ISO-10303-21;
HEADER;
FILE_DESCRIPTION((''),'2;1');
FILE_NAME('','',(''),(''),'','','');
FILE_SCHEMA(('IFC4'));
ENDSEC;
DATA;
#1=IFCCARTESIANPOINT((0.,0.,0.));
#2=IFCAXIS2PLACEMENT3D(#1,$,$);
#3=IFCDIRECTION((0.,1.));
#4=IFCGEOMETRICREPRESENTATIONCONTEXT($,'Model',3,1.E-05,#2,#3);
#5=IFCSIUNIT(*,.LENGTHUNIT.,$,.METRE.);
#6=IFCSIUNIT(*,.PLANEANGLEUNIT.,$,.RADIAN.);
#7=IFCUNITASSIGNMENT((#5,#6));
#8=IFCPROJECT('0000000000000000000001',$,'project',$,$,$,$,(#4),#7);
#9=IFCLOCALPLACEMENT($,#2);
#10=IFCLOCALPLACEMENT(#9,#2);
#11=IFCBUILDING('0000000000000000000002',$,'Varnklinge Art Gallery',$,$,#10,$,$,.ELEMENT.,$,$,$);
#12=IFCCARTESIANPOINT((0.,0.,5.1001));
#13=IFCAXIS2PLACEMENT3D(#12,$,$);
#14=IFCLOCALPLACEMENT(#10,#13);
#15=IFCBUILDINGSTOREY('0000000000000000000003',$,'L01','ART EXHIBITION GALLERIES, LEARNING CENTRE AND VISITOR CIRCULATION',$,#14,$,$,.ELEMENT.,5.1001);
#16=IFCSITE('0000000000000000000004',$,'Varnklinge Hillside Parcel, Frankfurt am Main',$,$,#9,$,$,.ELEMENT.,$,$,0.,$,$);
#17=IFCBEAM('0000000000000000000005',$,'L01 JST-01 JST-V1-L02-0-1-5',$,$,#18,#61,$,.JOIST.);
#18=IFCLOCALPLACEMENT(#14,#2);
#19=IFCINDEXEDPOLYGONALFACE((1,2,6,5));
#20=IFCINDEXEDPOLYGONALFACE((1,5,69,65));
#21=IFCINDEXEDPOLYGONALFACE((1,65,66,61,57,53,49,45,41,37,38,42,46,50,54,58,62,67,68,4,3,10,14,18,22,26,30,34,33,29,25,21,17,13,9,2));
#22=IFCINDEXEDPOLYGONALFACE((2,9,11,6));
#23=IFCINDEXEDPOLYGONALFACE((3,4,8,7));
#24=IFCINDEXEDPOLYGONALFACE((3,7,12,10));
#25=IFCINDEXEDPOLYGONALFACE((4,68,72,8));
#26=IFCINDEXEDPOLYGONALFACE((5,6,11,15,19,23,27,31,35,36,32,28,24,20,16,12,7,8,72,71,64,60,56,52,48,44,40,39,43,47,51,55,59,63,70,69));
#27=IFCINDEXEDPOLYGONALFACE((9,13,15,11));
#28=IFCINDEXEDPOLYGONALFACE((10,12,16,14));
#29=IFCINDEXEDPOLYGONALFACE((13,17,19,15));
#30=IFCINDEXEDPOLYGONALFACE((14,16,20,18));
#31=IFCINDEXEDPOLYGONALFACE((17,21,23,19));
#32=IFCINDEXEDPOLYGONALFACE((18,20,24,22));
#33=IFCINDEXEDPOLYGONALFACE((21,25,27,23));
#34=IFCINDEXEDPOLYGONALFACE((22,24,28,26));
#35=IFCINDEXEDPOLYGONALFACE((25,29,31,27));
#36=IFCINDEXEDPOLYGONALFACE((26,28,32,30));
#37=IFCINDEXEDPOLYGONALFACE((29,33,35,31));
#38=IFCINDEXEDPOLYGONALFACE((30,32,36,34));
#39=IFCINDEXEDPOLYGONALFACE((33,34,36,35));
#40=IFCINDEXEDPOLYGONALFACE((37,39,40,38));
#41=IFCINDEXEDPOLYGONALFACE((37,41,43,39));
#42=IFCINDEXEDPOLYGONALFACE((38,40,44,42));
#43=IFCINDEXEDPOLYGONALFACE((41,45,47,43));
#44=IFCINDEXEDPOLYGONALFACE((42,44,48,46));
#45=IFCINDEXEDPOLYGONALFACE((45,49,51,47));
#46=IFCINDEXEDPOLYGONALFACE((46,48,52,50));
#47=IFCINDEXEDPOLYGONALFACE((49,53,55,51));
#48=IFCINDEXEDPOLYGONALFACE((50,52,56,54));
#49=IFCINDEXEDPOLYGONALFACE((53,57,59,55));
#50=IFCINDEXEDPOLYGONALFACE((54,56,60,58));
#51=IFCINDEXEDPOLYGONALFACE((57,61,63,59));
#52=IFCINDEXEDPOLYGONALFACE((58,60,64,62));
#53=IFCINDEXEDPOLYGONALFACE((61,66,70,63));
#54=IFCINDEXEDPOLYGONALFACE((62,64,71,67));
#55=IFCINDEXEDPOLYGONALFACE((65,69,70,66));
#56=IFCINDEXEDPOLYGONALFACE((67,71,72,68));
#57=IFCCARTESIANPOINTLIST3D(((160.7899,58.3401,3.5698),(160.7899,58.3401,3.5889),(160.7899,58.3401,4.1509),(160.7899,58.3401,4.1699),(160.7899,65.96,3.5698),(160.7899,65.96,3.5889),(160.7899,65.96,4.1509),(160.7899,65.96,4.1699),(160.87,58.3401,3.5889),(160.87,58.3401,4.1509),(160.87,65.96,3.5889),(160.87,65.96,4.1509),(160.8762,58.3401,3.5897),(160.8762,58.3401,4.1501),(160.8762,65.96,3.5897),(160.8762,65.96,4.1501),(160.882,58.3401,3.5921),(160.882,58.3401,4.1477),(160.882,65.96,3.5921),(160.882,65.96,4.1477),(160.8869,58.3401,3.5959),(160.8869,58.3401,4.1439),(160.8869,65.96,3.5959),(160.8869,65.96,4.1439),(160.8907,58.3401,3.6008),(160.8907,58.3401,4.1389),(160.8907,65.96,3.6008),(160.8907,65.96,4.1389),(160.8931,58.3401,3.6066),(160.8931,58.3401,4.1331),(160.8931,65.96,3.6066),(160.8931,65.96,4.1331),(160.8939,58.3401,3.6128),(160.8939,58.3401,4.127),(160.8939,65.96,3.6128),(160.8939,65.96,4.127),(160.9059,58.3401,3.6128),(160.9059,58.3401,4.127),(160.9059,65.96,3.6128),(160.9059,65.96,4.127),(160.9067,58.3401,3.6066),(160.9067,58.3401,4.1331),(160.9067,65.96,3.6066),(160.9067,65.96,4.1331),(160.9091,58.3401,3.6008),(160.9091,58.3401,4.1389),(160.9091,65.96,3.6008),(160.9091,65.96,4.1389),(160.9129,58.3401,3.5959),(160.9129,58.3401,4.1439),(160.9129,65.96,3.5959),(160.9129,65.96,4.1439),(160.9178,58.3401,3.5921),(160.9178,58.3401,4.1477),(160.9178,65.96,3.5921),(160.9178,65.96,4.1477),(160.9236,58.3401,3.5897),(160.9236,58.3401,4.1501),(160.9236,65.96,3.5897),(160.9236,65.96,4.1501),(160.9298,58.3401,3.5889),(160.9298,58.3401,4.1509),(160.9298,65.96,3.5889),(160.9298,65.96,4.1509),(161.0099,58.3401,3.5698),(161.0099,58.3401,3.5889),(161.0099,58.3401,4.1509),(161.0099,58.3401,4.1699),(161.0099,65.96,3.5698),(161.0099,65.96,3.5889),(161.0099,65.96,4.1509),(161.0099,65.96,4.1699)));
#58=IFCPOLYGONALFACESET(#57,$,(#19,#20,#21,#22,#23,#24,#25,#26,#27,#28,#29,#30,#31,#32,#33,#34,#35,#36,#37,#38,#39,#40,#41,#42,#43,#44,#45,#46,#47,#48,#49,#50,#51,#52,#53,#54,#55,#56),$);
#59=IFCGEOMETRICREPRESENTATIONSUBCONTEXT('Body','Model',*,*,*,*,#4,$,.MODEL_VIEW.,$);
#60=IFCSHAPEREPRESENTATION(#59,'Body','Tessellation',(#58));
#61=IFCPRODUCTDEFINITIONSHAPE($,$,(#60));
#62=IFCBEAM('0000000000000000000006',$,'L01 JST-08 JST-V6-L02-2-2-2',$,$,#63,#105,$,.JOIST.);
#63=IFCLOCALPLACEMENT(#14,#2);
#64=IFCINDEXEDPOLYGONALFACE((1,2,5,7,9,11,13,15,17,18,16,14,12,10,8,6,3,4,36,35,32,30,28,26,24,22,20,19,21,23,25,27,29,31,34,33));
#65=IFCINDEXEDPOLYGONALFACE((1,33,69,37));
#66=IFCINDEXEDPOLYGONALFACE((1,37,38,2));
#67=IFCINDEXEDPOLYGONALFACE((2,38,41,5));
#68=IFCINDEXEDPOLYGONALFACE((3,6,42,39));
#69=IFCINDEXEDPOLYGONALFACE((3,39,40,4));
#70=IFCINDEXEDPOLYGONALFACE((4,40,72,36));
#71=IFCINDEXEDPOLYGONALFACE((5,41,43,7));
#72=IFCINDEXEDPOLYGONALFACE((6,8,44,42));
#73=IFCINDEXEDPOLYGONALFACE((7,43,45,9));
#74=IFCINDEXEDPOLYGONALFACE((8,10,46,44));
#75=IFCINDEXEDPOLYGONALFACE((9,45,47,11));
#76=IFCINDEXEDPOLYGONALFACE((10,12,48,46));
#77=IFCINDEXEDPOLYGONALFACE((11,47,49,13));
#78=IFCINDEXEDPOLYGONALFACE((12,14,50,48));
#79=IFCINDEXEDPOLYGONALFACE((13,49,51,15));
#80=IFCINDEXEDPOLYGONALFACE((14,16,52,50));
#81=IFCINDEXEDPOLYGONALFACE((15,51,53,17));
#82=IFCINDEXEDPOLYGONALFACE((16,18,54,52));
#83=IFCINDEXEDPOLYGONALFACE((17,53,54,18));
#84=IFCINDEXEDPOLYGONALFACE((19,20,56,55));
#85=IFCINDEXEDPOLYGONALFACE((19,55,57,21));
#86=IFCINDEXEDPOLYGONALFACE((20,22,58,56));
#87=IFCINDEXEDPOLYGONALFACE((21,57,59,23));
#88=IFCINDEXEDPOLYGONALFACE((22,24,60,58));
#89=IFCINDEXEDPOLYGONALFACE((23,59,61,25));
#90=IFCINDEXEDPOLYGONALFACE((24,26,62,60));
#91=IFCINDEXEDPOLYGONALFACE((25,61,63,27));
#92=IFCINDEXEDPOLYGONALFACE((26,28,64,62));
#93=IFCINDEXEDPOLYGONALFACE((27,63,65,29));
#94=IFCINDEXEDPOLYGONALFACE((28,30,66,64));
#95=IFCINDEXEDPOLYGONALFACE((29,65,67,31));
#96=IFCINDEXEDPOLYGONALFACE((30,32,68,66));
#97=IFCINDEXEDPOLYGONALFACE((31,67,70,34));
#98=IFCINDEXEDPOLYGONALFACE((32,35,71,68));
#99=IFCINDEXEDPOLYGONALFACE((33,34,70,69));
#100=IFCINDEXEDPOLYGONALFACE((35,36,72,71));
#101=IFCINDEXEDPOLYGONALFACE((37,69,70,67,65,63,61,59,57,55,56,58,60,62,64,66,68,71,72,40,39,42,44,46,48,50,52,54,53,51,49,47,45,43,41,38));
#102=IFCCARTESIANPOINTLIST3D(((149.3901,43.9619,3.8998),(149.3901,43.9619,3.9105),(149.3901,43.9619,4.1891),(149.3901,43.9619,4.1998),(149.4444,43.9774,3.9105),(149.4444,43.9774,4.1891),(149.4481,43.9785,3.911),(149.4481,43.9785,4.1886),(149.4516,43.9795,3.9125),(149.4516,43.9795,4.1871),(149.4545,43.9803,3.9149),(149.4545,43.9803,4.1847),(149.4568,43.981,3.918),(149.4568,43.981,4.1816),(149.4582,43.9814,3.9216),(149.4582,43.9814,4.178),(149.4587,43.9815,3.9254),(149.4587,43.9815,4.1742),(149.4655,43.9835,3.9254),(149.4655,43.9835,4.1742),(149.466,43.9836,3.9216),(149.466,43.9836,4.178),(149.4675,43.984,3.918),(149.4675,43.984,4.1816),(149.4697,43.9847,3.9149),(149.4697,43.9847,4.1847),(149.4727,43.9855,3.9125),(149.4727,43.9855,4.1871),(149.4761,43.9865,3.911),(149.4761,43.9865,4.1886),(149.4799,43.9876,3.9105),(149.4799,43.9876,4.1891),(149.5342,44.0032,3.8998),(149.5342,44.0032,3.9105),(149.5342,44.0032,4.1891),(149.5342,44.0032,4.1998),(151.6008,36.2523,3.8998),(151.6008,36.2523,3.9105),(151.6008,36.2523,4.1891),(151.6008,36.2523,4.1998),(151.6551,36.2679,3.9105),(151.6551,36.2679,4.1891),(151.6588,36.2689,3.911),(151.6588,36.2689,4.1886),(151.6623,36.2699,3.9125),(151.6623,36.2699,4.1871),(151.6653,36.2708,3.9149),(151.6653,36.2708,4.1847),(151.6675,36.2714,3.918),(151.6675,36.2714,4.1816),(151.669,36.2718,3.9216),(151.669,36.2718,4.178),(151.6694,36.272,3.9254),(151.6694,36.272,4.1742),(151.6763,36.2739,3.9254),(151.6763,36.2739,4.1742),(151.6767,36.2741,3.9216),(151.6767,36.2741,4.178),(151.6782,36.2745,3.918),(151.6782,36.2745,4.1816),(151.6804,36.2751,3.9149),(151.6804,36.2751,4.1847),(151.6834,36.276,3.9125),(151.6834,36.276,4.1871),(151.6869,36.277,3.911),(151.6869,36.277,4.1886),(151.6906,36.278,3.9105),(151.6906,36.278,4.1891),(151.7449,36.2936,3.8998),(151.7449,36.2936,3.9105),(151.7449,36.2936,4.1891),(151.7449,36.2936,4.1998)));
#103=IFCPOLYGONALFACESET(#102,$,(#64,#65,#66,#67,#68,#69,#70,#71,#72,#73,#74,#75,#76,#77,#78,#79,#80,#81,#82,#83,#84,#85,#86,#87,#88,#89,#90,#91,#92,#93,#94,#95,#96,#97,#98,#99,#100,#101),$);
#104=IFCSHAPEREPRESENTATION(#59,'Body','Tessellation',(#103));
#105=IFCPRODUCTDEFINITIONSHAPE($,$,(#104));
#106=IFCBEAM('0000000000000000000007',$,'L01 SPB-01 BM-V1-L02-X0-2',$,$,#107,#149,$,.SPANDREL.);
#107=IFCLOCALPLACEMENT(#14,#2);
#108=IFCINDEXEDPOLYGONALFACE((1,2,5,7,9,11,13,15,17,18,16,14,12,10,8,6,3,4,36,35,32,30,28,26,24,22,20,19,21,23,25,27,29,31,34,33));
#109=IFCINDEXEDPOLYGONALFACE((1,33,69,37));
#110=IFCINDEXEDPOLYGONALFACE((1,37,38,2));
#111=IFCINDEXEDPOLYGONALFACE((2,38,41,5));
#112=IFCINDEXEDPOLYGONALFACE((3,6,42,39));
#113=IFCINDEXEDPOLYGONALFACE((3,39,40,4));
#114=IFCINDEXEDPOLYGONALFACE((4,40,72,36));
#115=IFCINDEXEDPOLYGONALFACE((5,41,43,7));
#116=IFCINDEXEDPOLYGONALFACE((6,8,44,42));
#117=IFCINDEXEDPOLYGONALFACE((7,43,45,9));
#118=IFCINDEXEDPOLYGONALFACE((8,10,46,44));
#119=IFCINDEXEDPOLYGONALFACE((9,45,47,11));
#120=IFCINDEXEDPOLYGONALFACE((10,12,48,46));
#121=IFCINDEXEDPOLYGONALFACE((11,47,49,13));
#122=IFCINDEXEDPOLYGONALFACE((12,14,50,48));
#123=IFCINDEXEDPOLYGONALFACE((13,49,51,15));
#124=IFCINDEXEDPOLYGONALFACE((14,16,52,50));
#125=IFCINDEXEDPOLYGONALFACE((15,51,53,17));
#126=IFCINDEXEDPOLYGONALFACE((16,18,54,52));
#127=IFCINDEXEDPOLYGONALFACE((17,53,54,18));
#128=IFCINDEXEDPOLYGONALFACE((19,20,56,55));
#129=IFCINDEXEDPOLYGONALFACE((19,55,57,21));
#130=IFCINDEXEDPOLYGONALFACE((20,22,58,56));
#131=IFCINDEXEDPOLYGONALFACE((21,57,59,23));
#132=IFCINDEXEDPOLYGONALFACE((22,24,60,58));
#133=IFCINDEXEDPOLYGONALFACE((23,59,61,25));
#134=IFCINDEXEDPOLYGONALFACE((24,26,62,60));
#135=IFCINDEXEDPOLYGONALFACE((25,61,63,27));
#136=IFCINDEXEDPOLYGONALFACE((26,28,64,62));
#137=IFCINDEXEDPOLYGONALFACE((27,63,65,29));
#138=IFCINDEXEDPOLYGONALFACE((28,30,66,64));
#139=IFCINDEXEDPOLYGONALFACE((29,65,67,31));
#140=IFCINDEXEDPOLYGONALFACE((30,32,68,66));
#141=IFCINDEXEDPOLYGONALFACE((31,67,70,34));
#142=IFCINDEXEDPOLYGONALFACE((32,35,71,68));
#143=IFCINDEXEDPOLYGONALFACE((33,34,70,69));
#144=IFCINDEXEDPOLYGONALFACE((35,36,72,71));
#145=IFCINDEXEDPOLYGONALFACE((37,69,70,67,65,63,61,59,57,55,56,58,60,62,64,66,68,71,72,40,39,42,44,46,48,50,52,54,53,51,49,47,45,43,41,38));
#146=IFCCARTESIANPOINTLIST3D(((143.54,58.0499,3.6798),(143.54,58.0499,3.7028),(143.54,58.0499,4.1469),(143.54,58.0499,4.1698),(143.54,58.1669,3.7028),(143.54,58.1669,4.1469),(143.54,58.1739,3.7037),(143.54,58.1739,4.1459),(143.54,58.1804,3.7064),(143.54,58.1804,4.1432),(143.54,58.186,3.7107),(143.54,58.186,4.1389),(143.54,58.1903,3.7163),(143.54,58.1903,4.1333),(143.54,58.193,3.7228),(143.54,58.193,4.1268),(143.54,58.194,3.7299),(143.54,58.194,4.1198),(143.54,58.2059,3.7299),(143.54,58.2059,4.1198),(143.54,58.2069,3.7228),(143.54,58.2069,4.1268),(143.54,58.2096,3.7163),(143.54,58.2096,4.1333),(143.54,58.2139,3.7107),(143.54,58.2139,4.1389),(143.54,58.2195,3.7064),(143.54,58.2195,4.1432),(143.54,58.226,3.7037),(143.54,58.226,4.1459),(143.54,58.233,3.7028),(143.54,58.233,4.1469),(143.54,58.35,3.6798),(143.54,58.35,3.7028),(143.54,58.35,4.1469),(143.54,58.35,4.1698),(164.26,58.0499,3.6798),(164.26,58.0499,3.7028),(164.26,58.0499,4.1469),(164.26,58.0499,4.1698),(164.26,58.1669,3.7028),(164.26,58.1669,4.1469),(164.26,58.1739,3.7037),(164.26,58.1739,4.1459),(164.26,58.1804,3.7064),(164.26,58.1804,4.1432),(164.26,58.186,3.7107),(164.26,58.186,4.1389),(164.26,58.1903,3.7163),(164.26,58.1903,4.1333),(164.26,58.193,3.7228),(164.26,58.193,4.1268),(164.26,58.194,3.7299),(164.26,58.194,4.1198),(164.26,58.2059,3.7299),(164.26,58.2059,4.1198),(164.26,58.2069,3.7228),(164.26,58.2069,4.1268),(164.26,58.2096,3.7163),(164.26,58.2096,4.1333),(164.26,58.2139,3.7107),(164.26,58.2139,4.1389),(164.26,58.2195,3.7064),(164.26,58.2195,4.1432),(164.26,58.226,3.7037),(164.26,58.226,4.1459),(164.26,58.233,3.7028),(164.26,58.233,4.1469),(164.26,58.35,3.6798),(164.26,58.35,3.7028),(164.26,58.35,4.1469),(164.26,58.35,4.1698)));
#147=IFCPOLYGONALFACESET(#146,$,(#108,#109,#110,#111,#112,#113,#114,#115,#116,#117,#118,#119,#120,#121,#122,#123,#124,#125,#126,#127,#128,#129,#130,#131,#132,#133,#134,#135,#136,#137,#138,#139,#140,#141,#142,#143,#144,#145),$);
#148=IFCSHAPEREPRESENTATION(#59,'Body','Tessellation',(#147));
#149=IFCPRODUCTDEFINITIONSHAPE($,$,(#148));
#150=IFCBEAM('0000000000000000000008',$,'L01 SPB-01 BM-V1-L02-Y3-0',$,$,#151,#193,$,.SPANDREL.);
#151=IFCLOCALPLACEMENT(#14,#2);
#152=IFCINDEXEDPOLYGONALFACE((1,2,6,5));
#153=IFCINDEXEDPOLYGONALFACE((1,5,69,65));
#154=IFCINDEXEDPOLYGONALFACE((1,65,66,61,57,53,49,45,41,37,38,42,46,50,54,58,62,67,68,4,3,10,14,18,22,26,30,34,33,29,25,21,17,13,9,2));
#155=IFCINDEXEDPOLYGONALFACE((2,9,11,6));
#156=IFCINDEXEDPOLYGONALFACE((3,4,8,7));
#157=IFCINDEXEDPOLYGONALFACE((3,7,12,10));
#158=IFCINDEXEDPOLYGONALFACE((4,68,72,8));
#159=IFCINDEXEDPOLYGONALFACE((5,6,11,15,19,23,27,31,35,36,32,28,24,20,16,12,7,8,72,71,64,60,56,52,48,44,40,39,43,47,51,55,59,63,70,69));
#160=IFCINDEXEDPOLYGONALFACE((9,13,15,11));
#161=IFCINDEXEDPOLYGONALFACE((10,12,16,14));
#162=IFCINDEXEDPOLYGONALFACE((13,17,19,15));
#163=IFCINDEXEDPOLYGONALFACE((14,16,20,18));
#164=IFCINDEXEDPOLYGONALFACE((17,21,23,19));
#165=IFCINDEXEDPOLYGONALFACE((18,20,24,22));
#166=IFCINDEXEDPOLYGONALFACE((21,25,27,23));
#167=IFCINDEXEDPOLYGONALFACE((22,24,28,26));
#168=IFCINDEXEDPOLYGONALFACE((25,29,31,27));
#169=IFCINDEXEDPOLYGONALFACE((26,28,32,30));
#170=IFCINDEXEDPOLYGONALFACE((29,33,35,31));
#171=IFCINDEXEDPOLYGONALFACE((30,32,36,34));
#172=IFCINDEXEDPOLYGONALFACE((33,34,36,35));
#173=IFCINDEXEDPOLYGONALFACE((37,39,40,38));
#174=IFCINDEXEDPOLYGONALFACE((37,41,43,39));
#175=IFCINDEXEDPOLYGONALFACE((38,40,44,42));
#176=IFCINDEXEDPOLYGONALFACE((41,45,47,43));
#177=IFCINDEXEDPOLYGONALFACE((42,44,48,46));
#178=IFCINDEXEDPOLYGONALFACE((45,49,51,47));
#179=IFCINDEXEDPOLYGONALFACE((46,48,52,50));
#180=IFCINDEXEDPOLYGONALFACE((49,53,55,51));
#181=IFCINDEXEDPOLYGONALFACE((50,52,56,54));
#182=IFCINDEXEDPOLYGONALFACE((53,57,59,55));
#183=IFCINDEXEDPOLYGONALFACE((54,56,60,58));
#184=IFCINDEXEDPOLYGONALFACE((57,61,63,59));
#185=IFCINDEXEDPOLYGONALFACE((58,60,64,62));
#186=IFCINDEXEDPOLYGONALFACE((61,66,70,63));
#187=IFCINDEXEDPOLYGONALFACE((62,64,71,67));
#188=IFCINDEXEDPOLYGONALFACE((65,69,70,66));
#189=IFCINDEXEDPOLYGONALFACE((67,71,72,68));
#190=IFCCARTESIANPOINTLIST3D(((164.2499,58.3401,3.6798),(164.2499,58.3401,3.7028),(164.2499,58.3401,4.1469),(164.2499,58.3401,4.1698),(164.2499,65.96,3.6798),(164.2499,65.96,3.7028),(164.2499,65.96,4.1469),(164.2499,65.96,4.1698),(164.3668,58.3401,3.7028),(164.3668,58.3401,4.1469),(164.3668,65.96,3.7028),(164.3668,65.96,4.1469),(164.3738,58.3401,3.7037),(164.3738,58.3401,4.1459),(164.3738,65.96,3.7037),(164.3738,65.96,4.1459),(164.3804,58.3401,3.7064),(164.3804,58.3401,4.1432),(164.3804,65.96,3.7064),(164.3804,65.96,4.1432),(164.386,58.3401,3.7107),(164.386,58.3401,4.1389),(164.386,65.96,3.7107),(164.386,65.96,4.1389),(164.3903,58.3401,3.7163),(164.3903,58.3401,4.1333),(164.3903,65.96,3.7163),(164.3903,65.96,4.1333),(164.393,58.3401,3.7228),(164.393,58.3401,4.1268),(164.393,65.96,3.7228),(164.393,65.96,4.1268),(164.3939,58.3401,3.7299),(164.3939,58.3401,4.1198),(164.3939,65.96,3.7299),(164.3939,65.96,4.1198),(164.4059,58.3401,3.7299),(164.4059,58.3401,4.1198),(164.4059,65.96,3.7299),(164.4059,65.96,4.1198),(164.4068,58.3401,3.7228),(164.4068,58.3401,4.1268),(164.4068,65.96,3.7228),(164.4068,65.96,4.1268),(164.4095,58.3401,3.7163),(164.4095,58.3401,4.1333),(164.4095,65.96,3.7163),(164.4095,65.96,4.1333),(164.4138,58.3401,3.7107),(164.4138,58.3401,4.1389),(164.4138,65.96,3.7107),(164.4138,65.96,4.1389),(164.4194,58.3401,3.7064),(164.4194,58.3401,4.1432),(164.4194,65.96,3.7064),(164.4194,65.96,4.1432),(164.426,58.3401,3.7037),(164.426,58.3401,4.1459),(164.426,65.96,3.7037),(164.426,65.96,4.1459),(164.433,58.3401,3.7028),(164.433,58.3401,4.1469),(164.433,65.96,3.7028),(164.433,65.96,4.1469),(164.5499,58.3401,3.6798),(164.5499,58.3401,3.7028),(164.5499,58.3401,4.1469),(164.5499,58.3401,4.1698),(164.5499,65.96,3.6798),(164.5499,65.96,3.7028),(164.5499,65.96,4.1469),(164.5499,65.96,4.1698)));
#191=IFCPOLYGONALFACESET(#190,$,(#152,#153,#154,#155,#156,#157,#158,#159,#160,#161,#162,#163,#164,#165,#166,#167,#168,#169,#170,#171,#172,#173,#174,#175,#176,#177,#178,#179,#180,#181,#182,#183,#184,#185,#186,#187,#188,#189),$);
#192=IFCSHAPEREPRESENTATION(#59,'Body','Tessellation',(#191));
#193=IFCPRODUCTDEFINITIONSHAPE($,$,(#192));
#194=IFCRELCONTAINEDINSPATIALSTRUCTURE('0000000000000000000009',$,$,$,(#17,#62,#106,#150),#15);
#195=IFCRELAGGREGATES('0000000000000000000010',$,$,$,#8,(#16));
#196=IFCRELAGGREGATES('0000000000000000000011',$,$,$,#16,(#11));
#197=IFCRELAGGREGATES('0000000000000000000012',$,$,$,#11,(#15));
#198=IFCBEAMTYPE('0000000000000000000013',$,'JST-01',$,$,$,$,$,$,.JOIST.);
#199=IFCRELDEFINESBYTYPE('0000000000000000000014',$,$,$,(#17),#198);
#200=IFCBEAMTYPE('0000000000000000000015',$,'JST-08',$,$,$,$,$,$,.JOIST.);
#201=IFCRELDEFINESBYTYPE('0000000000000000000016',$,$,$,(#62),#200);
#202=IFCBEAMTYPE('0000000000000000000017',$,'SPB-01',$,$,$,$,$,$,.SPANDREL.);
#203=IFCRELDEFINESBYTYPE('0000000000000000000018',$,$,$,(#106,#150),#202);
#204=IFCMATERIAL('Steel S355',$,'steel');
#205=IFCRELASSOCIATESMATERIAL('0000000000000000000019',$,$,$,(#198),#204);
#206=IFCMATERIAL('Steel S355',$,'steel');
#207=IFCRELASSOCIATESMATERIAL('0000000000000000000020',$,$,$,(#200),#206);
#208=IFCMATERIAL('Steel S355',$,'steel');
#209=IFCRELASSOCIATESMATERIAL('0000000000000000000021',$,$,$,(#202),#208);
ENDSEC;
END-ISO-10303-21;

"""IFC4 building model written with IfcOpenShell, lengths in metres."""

from ifc_helpers import new_model, si_unit, direction, frame, origin, origin_2d, place, context, subcontext, project, spatial, i_section, extrude, material, material_profile, profile_set, type_object, element, save


model = new_model("IFC4")

# Units and contexts
model_context = context("Model", 3, precision=1e-05, world=origin(), true_north=direction((0.0, 1.0)))
body_context = subcontext(model_context, "Body", "Model", "MODEL_VIEW")
ifc_project = project(units=[si_unit("LENGTHUNIT", "METRE"), si_unit("PLANEANGLEUNIT", "RADIAN")], contexts=[model_context])

# Site, building, storey
site_placement = place(None, origin())
site = spatial("IfcSite", under=ifc_project, at=site_placement, Name="Varnklinge Hillside Parcel, Frankfurt am Main", CompositionType="ELEMENT", RefElevation=0.0)
building_placement = place(site_placement, origin())
building = spatial("IfcBuilding", under=site, at=building_placement, Name="Varnklinge Art Gallery", CompositionType="ELEMENT")
storey_placement = place(building_placement, frame((0.0, 0.0, 5.1001)))
storey = spatial("IfcBuildingStorey", under=building, at=storey_placement, Name="L01", Description="ART EXHIBITION GALLERIES, LEARNING CENTRE AND VISITOR CIRCULATION", CompositionType="ELEMENT", Elevation=5.1001)

# Beams
ifc_material_1 = material(Name="Steel S355", Category="steel")
ifc_material_profile_1 = material_profile(ifc_material_1, i_section(OverallWidth=0.22, OverallDepth=0.6001, WebThickness=0.012, FlangeThickness=0.019, FilletRadius=0.0239, at=origin_2d()), Name="IPE 600")
ifc_profile_set_1 = profile_set([ifc_material_profile_1], Name="Steel S355")
beam_type_1 = type_object("IfcBeamType", Name="JST-01", PredefinedType="JOIST", material=ifc_profile_set_1)
for number, where, z_axis, x_axis, name in (
    (1, (160.8999, 58.3401, 3.8699), (0.0, 1.0, 0.0), (-1.0, 0.0, 0.0), "L01 JST-01 JST-V1-L02-0-1-5"),
):
    element("IfcBeam", number, at=place(storey_placement, frame(where, z_axis=z_axis, x_axis=x_axis)), inside=storey, type_object=beam_type_1, Name=name, PredefinedType="JOIST", context=body_context, shape_type="SweptSolid", body=[
        extrude(i_section(OverallWidth=0.22, OverallDepth=0.6001, WebThickness=0.012, FlangeThickness=0.019, FilletRadius=0.0239, at=origin_2d()), origin(), (0.0, 0.0, 1.0), 7.6199),
    ])
ifc_material_2 = material(Name="Steel S355", Category="steel")
ifc_material_profile_2 = material_profile(ifc_material_2, i_section(OverallWidth=0.1499, OverallDepth=0.3, WebThickness=0.0071, FlangeThickness=0.0107, FilletRadius=0.0149, at=origin_2d()), Name="IPE 300")
ifc_profile_set_2 = profile_set([ifc_material_profile_2], Name="Steel S355")
beam_type_2 = type_object("IfcBeamType", Name="JST-08", PredefinedType="JOIST", material=ifc_profile_set_2)
beam_1_placement = place(storey_placement, frame((151.6729, 36.2729, 4.0498), z_axis=(-0.275642, 0.96126, 0.0), x_axis=(-0.96126, -0.275642, 0.0)))
element("IfcBeam", 2, at=beam_1_placement, inside=storey, type_object=beam_type_2, Name="L01 JST-08 JST-V6-L02-2-2-2", PredefinedType="JOIST", context=body_context, shape_type="SweptSolid", body=[
    extrude(i_section(OverallWidth=0.1499, OverallDepth=0.3, WebThickness=0.0071, FlangeThickness=0.0107, FilletRadius=0.0149, at=origin_2d()), origin(), (0.0, 0.0, 1.0), 8.0203),
])
ifc_material_3 = material(Name="Steel S355", Category="steel")
ifc_material_profile_3 = material_profile(ifc_material_3, i_section(OverallWidth=0.3, OverallDepth=0.49, WebThickness=0.012, FlangeThickness=0.0229, FilletRadius=0.0271, at=origin_2d()), Name="HEA 500")
ifc_profile_set_3 = profile_set([ifc_material_profile_3], Name="Steel S355")
beam_type_3 = type_object("IfcBeamType", Name="SPB-01", PredefinedType="SPANDREL", material=ifc_profile_set_3)
beam_2_placement = place(storey_placement, frame((143.54, 58.2, 3.9248), z_axis=(1.0, 0.0, 0.0), x_axis=(0.0, 1.0, 0.0)))
element("IfcBeam", 3, at=beam_2_placement, inside=storey, type_object=beam_type_3, Name="L01 SPB-01 BM-V1-L02-X0-2", PredefinedType="SPANDREL", context=body_context, shape_type="SweptSolid", body=[
    extrude(i_section(OverallWidth=0.3, OverallDepth=0.49, WebThickness=0.012, FlangeThickness=0.0229, FilletRadius=0.0271, at=origin_2d()), origin(), (0.0, 0.0, 1.0), 20.72),
])
beam_3_placement = place(storey_placement, frame((164.3999, 58.3401, 3.9248), z_axis=(0.0, 1.0, 0.0), x_axis=(-1.0, 0.0, 0.0)))
element("IfcBeam", 4, at=beam_3_placement, inside=storey, type_object=beam_type_3, Name="L01 SPB-01 BM-V1-L02-Y3-0", PredefinedType="SPANDREL", context=body_context, shape_type="SweptSolid", body=[
    extrude(i_section(OverallWidth=0.3, OverallDepth=0.49, WebThickness=0.012, FlangeThickness=0.0229, FilletRadius=0.0271, at=origin_2d()), origin(), (0.0, 0.0, 1.0), 7.6199),
])

save(model, "model.ifc")
